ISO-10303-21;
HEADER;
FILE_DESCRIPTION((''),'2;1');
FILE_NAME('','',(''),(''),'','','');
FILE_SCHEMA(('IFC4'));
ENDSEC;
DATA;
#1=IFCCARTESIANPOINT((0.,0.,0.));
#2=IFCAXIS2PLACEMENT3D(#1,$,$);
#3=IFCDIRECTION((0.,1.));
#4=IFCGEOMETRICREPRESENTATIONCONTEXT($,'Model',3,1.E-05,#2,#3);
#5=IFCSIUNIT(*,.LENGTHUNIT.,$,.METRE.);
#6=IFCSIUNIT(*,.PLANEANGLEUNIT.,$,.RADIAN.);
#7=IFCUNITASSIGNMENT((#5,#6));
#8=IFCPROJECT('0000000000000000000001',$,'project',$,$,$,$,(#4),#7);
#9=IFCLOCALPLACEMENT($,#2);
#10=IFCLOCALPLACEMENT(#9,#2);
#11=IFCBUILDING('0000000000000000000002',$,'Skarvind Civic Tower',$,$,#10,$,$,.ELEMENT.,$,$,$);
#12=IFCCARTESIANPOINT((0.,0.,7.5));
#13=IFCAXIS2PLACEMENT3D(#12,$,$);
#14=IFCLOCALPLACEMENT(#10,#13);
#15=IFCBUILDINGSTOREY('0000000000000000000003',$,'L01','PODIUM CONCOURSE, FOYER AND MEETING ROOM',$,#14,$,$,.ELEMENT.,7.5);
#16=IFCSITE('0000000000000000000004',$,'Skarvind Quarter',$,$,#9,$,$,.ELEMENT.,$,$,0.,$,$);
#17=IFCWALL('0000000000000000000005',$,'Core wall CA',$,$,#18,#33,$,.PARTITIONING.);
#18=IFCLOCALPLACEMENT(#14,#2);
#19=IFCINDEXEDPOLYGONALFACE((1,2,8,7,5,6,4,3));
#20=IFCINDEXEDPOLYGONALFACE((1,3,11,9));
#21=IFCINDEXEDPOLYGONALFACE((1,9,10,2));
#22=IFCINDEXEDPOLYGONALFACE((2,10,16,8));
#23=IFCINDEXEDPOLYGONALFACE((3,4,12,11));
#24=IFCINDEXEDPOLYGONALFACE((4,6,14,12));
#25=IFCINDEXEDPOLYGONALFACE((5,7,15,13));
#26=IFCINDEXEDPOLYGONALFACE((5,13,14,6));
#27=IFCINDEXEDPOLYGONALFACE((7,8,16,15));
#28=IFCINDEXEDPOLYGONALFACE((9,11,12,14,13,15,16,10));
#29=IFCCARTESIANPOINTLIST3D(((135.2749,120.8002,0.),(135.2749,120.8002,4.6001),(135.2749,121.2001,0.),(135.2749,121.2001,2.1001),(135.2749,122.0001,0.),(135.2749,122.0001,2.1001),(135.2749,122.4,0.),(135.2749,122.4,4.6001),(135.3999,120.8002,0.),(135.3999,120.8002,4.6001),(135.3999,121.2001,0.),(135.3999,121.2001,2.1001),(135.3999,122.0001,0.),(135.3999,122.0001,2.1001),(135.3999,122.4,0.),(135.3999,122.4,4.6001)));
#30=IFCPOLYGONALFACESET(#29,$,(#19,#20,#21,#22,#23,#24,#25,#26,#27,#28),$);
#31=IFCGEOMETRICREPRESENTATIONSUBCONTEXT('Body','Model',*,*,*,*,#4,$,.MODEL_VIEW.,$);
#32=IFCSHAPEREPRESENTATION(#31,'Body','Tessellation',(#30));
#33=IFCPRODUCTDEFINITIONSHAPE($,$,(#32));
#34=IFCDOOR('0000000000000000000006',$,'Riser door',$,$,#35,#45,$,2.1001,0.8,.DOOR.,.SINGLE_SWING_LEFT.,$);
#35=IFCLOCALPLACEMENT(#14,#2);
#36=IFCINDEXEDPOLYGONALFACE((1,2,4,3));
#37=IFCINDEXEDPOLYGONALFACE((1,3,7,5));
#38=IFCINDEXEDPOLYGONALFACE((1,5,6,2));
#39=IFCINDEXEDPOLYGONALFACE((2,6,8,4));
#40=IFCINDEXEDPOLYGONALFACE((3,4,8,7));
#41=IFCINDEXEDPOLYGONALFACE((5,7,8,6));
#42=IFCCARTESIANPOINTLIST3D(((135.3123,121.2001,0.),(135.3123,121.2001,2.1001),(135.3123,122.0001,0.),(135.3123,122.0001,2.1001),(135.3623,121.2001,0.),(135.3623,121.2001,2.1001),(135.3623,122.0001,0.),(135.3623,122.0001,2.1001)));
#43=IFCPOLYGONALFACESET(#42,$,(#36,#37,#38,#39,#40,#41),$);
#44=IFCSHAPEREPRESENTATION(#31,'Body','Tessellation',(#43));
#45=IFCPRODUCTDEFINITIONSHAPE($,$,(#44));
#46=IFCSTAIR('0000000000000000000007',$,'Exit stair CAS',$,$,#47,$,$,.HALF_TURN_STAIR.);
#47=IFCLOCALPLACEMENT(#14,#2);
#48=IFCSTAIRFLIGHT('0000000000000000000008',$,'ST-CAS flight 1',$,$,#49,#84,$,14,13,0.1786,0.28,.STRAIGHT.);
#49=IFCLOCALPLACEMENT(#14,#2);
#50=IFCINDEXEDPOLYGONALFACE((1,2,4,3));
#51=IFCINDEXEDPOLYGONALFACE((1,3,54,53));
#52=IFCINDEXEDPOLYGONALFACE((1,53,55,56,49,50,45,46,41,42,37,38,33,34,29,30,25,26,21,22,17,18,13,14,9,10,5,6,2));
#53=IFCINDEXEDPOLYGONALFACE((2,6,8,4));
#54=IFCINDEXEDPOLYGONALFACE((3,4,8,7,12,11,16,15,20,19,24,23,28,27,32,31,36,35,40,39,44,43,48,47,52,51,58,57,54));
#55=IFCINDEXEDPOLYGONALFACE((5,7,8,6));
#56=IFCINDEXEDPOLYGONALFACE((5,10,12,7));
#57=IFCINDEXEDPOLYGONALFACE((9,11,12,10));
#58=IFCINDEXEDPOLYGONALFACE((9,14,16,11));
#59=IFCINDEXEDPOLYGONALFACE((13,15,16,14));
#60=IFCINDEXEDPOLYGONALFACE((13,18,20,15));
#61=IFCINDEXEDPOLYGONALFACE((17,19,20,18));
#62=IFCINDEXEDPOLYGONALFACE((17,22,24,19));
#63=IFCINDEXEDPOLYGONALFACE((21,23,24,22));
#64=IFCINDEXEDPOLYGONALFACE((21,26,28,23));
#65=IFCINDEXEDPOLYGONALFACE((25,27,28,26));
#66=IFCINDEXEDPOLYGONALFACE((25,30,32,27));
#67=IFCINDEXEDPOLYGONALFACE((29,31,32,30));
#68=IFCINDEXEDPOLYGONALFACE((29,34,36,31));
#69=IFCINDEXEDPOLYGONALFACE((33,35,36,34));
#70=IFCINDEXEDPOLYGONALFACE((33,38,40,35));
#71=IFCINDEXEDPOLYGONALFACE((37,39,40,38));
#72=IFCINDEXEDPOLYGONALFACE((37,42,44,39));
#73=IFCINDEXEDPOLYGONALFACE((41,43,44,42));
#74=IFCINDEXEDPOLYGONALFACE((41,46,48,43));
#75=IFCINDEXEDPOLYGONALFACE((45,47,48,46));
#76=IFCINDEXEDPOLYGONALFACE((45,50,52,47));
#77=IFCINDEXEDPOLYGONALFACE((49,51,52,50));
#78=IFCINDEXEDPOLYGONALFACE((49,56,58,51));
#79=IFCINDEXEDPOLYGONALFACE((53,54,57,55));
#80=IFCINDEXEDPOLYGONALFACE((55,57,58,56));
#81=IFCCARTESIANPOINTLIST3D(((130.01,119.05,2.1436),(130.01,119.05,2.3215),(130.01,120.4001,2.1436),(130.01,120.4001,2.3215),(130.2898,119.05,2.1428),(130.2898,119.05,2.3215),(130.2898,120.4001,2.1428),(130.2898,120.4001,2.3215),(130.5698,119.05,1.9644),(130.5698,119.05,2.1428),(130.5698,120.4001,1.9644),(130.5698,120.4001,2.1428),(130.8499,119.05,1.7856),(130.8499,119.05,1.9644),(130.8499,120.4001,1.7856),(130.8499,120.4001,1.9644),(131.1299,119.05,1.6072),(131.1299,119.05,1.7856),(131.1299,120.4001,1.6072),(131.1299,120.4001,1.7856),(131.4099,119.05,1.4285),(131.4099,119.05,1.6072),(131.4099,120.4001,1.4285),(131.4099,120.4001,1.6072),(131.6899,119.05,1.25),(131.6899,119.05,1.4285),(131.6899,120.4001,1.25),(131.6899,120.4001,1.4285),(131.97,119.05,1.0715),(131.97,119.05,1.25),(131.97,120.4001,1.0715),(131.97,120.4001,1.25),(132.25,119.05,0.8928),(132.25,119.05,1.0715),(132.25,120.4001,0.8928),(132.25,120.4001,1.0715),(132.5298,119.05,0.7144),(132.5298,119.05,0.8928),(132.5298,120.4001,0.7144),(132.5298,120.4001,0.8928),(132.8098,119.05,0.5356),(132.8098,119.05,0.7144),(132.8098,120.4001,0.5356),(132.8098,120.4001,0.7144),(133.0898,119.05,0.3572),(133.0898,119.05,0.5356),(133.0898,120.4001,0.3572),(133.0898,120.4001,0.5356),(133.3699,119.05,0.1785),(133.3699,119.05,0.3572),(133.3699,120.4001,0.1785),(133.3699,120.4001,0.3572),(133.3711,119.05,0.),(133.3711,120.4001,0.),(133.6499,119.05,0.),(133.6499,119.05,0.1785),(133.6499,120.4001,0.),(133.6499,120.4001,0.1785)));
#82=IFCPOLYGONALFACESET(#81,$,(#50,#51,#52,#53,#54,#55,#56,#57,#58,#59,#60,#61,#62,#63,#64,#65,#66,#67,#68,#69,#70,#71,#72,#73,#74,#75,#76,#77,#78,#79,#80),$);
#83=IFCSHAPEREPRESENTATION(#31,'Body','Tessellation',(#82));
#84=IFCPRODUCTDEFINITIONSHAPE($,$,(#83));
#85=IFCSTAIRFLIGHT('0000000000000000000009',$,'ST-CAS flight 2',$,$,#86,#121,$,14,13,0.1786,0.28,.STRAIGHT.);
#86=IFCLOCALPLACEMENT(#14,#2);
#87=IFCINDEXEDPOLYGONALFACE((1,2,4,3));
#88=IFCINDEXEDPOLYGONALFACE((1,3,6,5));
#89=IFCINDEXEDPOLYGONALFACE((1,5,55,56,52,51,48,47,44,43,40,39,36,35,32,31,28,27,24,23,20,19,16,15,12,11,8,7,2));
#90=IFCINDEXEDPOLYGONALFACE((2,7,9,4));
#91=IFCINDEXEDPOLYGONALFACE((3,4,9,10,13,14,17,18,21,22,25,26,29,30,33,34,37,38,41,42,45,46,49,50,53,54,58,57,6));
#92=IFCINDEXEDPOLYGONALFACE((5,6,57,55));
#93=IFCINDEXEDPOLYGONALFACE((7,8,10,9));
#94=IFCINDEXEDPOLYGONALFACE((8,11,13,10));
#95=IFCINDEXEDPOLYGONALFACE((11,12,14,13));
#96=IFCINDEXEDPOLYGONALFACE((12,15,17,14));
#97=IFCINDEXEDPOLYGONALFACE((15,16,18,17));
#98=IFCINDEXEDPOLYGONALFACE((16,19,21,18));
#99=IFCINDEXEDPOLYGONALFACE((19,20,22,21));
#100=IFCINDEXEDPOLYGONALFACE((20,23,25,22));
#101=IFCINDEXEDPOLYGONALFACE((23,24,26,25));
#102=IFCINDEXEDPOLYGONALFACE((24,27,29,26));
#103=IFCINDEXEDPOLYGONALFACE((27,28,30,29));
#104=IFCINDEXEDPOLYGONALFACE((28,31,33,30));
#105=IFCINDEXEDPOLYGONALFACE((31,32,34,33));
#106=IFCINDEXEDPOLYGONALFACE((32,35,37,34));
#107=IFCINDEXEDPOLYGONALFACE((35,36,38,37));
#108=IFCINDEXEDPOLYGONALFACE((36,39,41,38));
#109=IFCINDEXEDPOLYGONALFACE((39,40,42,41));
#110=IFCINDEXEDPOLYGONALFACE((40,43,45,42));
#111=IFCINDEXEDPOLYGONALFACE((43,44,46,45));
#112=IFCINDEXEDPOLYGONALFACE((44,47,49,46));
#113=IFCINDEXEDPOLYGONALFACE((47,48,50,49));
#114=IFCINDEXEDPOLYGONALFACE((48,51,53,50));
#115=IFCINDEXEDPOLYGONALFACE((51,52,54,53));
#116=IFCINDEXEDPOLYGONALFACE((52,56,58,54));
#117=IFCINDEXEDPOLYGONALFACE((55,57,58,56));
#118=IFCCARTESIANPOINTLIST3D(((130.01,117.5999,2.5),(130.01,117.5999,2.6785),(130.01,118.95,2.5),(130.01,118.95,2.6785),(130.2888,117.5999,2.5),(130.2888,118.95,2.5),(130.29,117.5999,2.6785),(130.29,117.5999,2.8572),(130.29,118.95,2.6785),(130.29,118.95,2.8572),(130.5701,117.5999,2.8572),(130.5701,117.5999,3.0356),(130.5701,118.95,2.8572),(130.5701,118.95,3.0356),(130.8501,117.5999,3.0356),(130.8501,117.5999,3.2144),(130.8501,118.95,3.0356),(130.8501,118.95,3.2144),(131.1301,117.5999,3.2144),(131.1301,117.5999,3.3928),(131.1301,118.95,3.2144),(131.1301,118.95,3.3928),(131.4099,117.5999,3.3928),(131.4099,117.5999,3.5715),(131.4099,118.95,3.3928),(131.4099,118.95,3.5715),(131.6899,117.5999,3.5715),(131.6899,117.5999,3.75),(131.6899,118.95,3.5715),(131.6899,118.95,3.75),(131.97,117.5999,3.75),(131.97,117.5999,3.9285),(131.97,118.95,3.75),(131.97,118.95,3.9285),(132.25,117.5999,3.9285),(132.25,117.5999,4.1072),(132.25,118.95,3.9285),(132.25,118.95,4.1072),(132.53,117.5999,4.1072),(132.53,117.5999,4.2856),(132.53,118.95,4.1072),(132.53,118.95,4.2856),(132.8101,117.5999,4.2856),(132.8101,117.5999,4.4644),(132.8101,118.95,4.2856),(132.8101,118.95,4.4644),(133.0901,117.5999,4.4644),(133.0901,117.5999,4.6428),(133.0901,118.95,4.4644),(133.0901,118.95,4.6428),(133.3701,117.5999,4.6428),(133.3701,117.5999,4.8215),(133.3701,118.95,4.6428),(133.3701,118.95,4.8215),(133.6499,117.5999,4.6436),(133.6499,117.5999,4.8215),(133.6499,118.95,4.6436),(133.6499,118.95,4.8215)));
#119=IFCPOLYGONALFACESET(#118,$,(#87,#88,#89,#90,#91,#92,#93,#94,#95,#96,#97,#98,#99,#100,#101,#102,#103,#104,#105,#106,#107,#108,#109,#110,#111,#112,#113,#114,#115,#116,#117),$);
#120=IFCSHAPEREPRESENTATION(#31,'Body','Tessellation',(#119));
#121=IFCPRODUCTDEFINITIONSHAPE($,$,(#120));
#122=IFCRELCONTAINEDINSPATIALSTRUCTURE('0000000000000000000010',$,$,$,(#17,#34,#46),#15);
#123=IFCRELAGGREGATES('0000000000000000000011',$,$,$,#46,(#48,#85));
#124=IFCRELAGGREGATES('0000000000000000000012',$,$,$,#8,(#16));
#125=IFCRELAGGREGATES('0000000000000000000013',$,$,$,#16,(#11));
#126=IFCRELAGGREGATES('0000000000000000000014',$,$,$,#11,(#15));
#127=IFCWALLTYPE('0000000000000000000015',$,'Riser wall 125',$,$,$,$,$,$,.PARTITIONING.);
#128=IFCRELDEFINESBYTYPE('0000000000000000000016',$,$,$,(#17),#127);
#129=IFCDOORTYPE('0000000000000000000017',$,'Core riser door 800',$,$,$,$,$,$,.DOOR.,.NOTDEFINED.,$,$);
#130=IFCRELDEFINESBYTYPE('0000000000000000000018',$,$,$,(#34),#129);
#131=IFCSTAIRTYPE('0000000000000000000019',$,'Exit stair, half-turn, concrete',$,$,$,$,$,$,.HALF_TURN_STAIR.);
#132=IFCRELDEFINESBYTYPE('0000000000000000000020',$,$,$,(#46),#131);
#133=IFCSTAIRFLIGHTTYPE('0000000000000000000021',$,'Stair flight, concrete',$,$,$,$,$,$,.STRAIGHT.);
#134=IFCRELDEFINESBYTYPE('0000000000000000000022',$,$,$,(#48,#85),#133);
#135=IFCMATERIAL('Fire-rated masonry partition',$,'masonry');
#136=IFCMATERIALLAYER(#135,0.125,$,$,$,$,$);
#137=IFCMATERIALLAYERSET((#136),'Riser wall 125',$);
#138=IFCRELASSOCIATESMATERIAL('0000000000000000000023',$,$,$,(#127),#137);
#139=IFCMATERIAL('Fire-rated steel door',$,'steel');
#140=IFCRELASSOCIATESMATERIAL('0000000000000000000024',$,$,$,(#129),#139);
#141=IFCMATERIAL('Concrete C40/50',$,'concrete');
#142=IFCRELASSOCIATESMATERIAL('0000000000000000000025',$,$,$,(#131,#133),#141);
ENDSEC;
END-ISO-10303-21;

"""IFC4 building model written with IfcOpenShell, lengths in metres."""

from ifc_helpers import new_model, si_unit, direction, frame, frame_2d, origin, place, context, subcontext, project, spatial, polyline, rectangle, outline, extrude, material, layer, layer_set, type_object, element, fill, aggregate, save


model = new_model("IFC4")

# Units and contexts
model_context = context("Model", 3, precision=1e-05, world=origin(), true_north=direction((0.0, 1.0)))
body_context = subcontext(model_context, "Body", "Model", "MODEL_VIEW")
ifc_project = project(units=[si_unit("LENGTHUNIT", "METRE"), si_unit("PLANEANGLEUNIT", "RADIAN")], contexts=[model_context])

# Site, building, storey
site_placement = place(None, origin())
site = spatial("IfcSite", under=ifc_project, at=site_placement, Name="Skarvind Quarter", CompositionType="ELEMENT", RefElevation=0.0)
building_placement = place(site_placement, origin())
building = spatial("IfcBuilding", under=site, at=building_placement, Name="Skarvind Civic Tower", CompositionType="ELEMENT")
storey_placement = place(building_placement, frame((0.0, 0.0, 7.5)))
storey = spatial("IfcBuildingStorey", under=building, at=storey_placement, Name="L01", Description="PODIUM CONCOURSE, FOYER AND MEETING ROOM", CompositionType="ELEMENT", Elevation=7.5)

# Shared definitions
ifc_material_1 = material(Name="Fire-rated masonry partition", Category="masonry")
ifc_material_2 = material(Name="Fire-rated steel door", Category="steel")

# Wall, opening, door
ifc_layer_1 = layer(ifc_material_1, 0.125)
ifc_layer_set_1 = layer_set([ifc_layer_1], Name="Riser wall 125")
wall_type_1 = type_object("IfcWallType", Name="Riser wall 125", PredefinedType="PARTITIONING", material=ifc_layer_set_1)
wall_1_placement = place(storey_placement, frame((135.3374, 122.3999, 0.0), z_axis=(0.0, 0.0, 1.0), x_axis=(0.0, -1.0, 0.0)))
wall_1 = element("IfcWall", 1, at=wall_1_placement, inside=storey, type_object=wall_type_1, Name="Core wall CA", PredefinedType="PARTITIONING", context=body_context, shape_type="SweptSolid", body=[
    extrude(rectangle(XDim=1.5999, YDim=0.125, at=frame_2d((0.7998, 0.0))), origin(), (0.0, 0.0, 1.0), 4.6001),
])
opening_1_placement = place(wall_1_placement, frame((0.3999, 0.0, 0.0)))
opening_1 = element("IfcOpeningElement", 2, at=opening_1_placement, cuts=wall_1, PredefinedType="OPENING", context=body_context, shape_type="SweptSolid", body=[
    extrude(rectangle(XDim=0.8, YDim=2.1001, at=frame_2d((0.3999, 1.05))), frame((0.0, 0.0725, 0.0), z_axis=(0.0, -1.0, 0.0), x_axis=(1.0, 0.0, 0.0)), (0.0, 0.0, 1.0), 0.145),
])
door_type_1 = type_object("IfcDoorType", Name="Core riser door 800", OperationType="NOTDEFINED", PredefinedType="DOOR", material=ifc_material_2)
door_1_placement = place(opening_1_placement, origin())
door_1 = element("IfcDoor", 3, at=door_1_placement, inside=storey, type_object=door_type_1, Name="Riser door", OperationType="SINGLE_SWING_LEFT", OverallHeight=2.1001, OverallWidth=0.8, PredefinedType="DOOR", context=body_context, shape_type="SweptSolid", body=[
    extrude(rectangle(XDim=0.8, YDim=2.1001, at=frame_2d((0.3999, 1.05))), frame((0.0, 0.0249, 0.0), z_axis=(0.0, -1.0, 0.0), x_axis=(1.0, 0.0, 0.0)), (0.0, 0.0, 1.0), 0.05),
])
fill(opening_1, door_1)

# Stair, stair flights
ifc_material_3 = material(Name="Concrete C40/50", Category="concrete")
stair_type = type_object("IfcStairType", Name="Exit stair, half-turn, concrete", PredefinedType="HALF_TURN_STAIR", material=ifc_material_3)
stair_placement = place(storey_placement, origin())
stair = element("IfcStair", 4, at=stair_placement, inside=storey, type_object=stair_type, Name="Exit stair CAS", PredefinedType="HALF_TURN_STAIR")
stair_flight_type = type_object("IfcStairFlightType", Name="Stair flight, concrete", PredefinedType="STRAIGHT", material=ifc_material_3)
stair_flight_1_placement = place(storey_placement, frame((133.6499, 119.7251, 0.0), z_axis=(0.0, 0.0, 1.0), x_axis=(-1.0, 0.0, 0.0)))
stair_flight_1 = element("IfcStairFlight", 5, at=stair_flight_1_placement, type_object=stair_flight_type, Name="ST-CAS flight 1", NumberOfRisers=14, NumberOfTreads=13, PredefinedType="STRAIGHT", RiserHeight=0.1786, TreadLength=0.28, context=body_context, shape_type="SweptSolid", body=[
    extrude(outline(polyline([(0.0, 0.0), (0.0, 0.1785), (0.28, 0.1785), (0.28, 0.3572), (0.5601, 0.3572), (0.5601, 0.5356), (0.8401, 0.5356), (0.8401, 0.7144), (1.1201, 0.7144), (1.1201, 0.8928), (1.3999, 0.8928), (1.3999, 1.0715), (1.6799, 1.0715), (1.6799, 1.25), (1.96, 1.25), (1.96, 1.4285), (2.24, 1.4285), (2.24, 1.6072), (2.52, 1.6072), (2.52, 1.7856), (2.8, 1.7856), (2.8, 1.9644), (3.0801, 1.9644), (3.0801, 2.1428), (3.3601, 2.1428), (3.3601, 2.3215), (3.6399, 2.3215), (3.6399, 2.5), (3.6399, 2.1436), (0.2788, 0.0), (0.0, 0.0)])), frame((0.0, 0.675, 0.0), z_axis=(0.0, -1.0, 0.0), x_axis=(1.0, 0.0, 0.0)), (0.0, 0.0, 1.0), 1.3501),
])
stair_flight_2_placement = place(storey_placement, frame((130.01, 118.2749, 2.5), z_axis=(0.0, 0.0, 1.0), x_axis=(1.0, 0.0, 0.0)))
stair_flight_2 = element("IfcStairFlight", 6, at=stair_flight_2_placement, type_object=stair_flight_type, Name="ST-CAS flight 2", NumberOfRisers=14, NumberOfTreads=13, PredefinedType="STRAIGHT", RiserHeight=0.1786, TreadLength=0.28, context=body_context, shape_type="SweptSolid", body=[
    extrude(outline(polyline([(0.0, 0.0), (0.0, 0.1785), (0.28, 0.1785), (0.28, 0.3572), (0.5601, 0.3572), (0.5601, 0.5356), (0.8401, 0.5356), (0.8401, 0.7144), (1.1201, 0.7144), (1.1201, 0.8928), (1.3999, 0.8928), (1.3999, 1.0715), (1.6799, 1.0715), (1.6799, 1.25), (1.96, 1.25), (1.96, 1.4285), (2.24, 1.4285), (2.24, 1.6072), (2.52, 1.6072), (2.52, 1.7856), (2.8, 1.7856), (2.8, 1.9644), (3.0801, 1.9644), (3.0801, 2.1428), (3.3601, 2.1428), (3.3601, 2.3215), (3.6399, 2.3215), (3.6399, 2.5), (3.6399, 2.1436), (0.2788, 0.0), (0.0, 0.0)])), frame((0.0, 0.675, 0.0), z_axis=(0.0, -1.0, 0.0), x_axis=(1.0, 0.0, 0.0)), (0.0, 0.0, 1.0), 1.3501),
])
aggregate(stair, [stair_flight_1, stair_flight_2])

save(model, "model.ifc")
